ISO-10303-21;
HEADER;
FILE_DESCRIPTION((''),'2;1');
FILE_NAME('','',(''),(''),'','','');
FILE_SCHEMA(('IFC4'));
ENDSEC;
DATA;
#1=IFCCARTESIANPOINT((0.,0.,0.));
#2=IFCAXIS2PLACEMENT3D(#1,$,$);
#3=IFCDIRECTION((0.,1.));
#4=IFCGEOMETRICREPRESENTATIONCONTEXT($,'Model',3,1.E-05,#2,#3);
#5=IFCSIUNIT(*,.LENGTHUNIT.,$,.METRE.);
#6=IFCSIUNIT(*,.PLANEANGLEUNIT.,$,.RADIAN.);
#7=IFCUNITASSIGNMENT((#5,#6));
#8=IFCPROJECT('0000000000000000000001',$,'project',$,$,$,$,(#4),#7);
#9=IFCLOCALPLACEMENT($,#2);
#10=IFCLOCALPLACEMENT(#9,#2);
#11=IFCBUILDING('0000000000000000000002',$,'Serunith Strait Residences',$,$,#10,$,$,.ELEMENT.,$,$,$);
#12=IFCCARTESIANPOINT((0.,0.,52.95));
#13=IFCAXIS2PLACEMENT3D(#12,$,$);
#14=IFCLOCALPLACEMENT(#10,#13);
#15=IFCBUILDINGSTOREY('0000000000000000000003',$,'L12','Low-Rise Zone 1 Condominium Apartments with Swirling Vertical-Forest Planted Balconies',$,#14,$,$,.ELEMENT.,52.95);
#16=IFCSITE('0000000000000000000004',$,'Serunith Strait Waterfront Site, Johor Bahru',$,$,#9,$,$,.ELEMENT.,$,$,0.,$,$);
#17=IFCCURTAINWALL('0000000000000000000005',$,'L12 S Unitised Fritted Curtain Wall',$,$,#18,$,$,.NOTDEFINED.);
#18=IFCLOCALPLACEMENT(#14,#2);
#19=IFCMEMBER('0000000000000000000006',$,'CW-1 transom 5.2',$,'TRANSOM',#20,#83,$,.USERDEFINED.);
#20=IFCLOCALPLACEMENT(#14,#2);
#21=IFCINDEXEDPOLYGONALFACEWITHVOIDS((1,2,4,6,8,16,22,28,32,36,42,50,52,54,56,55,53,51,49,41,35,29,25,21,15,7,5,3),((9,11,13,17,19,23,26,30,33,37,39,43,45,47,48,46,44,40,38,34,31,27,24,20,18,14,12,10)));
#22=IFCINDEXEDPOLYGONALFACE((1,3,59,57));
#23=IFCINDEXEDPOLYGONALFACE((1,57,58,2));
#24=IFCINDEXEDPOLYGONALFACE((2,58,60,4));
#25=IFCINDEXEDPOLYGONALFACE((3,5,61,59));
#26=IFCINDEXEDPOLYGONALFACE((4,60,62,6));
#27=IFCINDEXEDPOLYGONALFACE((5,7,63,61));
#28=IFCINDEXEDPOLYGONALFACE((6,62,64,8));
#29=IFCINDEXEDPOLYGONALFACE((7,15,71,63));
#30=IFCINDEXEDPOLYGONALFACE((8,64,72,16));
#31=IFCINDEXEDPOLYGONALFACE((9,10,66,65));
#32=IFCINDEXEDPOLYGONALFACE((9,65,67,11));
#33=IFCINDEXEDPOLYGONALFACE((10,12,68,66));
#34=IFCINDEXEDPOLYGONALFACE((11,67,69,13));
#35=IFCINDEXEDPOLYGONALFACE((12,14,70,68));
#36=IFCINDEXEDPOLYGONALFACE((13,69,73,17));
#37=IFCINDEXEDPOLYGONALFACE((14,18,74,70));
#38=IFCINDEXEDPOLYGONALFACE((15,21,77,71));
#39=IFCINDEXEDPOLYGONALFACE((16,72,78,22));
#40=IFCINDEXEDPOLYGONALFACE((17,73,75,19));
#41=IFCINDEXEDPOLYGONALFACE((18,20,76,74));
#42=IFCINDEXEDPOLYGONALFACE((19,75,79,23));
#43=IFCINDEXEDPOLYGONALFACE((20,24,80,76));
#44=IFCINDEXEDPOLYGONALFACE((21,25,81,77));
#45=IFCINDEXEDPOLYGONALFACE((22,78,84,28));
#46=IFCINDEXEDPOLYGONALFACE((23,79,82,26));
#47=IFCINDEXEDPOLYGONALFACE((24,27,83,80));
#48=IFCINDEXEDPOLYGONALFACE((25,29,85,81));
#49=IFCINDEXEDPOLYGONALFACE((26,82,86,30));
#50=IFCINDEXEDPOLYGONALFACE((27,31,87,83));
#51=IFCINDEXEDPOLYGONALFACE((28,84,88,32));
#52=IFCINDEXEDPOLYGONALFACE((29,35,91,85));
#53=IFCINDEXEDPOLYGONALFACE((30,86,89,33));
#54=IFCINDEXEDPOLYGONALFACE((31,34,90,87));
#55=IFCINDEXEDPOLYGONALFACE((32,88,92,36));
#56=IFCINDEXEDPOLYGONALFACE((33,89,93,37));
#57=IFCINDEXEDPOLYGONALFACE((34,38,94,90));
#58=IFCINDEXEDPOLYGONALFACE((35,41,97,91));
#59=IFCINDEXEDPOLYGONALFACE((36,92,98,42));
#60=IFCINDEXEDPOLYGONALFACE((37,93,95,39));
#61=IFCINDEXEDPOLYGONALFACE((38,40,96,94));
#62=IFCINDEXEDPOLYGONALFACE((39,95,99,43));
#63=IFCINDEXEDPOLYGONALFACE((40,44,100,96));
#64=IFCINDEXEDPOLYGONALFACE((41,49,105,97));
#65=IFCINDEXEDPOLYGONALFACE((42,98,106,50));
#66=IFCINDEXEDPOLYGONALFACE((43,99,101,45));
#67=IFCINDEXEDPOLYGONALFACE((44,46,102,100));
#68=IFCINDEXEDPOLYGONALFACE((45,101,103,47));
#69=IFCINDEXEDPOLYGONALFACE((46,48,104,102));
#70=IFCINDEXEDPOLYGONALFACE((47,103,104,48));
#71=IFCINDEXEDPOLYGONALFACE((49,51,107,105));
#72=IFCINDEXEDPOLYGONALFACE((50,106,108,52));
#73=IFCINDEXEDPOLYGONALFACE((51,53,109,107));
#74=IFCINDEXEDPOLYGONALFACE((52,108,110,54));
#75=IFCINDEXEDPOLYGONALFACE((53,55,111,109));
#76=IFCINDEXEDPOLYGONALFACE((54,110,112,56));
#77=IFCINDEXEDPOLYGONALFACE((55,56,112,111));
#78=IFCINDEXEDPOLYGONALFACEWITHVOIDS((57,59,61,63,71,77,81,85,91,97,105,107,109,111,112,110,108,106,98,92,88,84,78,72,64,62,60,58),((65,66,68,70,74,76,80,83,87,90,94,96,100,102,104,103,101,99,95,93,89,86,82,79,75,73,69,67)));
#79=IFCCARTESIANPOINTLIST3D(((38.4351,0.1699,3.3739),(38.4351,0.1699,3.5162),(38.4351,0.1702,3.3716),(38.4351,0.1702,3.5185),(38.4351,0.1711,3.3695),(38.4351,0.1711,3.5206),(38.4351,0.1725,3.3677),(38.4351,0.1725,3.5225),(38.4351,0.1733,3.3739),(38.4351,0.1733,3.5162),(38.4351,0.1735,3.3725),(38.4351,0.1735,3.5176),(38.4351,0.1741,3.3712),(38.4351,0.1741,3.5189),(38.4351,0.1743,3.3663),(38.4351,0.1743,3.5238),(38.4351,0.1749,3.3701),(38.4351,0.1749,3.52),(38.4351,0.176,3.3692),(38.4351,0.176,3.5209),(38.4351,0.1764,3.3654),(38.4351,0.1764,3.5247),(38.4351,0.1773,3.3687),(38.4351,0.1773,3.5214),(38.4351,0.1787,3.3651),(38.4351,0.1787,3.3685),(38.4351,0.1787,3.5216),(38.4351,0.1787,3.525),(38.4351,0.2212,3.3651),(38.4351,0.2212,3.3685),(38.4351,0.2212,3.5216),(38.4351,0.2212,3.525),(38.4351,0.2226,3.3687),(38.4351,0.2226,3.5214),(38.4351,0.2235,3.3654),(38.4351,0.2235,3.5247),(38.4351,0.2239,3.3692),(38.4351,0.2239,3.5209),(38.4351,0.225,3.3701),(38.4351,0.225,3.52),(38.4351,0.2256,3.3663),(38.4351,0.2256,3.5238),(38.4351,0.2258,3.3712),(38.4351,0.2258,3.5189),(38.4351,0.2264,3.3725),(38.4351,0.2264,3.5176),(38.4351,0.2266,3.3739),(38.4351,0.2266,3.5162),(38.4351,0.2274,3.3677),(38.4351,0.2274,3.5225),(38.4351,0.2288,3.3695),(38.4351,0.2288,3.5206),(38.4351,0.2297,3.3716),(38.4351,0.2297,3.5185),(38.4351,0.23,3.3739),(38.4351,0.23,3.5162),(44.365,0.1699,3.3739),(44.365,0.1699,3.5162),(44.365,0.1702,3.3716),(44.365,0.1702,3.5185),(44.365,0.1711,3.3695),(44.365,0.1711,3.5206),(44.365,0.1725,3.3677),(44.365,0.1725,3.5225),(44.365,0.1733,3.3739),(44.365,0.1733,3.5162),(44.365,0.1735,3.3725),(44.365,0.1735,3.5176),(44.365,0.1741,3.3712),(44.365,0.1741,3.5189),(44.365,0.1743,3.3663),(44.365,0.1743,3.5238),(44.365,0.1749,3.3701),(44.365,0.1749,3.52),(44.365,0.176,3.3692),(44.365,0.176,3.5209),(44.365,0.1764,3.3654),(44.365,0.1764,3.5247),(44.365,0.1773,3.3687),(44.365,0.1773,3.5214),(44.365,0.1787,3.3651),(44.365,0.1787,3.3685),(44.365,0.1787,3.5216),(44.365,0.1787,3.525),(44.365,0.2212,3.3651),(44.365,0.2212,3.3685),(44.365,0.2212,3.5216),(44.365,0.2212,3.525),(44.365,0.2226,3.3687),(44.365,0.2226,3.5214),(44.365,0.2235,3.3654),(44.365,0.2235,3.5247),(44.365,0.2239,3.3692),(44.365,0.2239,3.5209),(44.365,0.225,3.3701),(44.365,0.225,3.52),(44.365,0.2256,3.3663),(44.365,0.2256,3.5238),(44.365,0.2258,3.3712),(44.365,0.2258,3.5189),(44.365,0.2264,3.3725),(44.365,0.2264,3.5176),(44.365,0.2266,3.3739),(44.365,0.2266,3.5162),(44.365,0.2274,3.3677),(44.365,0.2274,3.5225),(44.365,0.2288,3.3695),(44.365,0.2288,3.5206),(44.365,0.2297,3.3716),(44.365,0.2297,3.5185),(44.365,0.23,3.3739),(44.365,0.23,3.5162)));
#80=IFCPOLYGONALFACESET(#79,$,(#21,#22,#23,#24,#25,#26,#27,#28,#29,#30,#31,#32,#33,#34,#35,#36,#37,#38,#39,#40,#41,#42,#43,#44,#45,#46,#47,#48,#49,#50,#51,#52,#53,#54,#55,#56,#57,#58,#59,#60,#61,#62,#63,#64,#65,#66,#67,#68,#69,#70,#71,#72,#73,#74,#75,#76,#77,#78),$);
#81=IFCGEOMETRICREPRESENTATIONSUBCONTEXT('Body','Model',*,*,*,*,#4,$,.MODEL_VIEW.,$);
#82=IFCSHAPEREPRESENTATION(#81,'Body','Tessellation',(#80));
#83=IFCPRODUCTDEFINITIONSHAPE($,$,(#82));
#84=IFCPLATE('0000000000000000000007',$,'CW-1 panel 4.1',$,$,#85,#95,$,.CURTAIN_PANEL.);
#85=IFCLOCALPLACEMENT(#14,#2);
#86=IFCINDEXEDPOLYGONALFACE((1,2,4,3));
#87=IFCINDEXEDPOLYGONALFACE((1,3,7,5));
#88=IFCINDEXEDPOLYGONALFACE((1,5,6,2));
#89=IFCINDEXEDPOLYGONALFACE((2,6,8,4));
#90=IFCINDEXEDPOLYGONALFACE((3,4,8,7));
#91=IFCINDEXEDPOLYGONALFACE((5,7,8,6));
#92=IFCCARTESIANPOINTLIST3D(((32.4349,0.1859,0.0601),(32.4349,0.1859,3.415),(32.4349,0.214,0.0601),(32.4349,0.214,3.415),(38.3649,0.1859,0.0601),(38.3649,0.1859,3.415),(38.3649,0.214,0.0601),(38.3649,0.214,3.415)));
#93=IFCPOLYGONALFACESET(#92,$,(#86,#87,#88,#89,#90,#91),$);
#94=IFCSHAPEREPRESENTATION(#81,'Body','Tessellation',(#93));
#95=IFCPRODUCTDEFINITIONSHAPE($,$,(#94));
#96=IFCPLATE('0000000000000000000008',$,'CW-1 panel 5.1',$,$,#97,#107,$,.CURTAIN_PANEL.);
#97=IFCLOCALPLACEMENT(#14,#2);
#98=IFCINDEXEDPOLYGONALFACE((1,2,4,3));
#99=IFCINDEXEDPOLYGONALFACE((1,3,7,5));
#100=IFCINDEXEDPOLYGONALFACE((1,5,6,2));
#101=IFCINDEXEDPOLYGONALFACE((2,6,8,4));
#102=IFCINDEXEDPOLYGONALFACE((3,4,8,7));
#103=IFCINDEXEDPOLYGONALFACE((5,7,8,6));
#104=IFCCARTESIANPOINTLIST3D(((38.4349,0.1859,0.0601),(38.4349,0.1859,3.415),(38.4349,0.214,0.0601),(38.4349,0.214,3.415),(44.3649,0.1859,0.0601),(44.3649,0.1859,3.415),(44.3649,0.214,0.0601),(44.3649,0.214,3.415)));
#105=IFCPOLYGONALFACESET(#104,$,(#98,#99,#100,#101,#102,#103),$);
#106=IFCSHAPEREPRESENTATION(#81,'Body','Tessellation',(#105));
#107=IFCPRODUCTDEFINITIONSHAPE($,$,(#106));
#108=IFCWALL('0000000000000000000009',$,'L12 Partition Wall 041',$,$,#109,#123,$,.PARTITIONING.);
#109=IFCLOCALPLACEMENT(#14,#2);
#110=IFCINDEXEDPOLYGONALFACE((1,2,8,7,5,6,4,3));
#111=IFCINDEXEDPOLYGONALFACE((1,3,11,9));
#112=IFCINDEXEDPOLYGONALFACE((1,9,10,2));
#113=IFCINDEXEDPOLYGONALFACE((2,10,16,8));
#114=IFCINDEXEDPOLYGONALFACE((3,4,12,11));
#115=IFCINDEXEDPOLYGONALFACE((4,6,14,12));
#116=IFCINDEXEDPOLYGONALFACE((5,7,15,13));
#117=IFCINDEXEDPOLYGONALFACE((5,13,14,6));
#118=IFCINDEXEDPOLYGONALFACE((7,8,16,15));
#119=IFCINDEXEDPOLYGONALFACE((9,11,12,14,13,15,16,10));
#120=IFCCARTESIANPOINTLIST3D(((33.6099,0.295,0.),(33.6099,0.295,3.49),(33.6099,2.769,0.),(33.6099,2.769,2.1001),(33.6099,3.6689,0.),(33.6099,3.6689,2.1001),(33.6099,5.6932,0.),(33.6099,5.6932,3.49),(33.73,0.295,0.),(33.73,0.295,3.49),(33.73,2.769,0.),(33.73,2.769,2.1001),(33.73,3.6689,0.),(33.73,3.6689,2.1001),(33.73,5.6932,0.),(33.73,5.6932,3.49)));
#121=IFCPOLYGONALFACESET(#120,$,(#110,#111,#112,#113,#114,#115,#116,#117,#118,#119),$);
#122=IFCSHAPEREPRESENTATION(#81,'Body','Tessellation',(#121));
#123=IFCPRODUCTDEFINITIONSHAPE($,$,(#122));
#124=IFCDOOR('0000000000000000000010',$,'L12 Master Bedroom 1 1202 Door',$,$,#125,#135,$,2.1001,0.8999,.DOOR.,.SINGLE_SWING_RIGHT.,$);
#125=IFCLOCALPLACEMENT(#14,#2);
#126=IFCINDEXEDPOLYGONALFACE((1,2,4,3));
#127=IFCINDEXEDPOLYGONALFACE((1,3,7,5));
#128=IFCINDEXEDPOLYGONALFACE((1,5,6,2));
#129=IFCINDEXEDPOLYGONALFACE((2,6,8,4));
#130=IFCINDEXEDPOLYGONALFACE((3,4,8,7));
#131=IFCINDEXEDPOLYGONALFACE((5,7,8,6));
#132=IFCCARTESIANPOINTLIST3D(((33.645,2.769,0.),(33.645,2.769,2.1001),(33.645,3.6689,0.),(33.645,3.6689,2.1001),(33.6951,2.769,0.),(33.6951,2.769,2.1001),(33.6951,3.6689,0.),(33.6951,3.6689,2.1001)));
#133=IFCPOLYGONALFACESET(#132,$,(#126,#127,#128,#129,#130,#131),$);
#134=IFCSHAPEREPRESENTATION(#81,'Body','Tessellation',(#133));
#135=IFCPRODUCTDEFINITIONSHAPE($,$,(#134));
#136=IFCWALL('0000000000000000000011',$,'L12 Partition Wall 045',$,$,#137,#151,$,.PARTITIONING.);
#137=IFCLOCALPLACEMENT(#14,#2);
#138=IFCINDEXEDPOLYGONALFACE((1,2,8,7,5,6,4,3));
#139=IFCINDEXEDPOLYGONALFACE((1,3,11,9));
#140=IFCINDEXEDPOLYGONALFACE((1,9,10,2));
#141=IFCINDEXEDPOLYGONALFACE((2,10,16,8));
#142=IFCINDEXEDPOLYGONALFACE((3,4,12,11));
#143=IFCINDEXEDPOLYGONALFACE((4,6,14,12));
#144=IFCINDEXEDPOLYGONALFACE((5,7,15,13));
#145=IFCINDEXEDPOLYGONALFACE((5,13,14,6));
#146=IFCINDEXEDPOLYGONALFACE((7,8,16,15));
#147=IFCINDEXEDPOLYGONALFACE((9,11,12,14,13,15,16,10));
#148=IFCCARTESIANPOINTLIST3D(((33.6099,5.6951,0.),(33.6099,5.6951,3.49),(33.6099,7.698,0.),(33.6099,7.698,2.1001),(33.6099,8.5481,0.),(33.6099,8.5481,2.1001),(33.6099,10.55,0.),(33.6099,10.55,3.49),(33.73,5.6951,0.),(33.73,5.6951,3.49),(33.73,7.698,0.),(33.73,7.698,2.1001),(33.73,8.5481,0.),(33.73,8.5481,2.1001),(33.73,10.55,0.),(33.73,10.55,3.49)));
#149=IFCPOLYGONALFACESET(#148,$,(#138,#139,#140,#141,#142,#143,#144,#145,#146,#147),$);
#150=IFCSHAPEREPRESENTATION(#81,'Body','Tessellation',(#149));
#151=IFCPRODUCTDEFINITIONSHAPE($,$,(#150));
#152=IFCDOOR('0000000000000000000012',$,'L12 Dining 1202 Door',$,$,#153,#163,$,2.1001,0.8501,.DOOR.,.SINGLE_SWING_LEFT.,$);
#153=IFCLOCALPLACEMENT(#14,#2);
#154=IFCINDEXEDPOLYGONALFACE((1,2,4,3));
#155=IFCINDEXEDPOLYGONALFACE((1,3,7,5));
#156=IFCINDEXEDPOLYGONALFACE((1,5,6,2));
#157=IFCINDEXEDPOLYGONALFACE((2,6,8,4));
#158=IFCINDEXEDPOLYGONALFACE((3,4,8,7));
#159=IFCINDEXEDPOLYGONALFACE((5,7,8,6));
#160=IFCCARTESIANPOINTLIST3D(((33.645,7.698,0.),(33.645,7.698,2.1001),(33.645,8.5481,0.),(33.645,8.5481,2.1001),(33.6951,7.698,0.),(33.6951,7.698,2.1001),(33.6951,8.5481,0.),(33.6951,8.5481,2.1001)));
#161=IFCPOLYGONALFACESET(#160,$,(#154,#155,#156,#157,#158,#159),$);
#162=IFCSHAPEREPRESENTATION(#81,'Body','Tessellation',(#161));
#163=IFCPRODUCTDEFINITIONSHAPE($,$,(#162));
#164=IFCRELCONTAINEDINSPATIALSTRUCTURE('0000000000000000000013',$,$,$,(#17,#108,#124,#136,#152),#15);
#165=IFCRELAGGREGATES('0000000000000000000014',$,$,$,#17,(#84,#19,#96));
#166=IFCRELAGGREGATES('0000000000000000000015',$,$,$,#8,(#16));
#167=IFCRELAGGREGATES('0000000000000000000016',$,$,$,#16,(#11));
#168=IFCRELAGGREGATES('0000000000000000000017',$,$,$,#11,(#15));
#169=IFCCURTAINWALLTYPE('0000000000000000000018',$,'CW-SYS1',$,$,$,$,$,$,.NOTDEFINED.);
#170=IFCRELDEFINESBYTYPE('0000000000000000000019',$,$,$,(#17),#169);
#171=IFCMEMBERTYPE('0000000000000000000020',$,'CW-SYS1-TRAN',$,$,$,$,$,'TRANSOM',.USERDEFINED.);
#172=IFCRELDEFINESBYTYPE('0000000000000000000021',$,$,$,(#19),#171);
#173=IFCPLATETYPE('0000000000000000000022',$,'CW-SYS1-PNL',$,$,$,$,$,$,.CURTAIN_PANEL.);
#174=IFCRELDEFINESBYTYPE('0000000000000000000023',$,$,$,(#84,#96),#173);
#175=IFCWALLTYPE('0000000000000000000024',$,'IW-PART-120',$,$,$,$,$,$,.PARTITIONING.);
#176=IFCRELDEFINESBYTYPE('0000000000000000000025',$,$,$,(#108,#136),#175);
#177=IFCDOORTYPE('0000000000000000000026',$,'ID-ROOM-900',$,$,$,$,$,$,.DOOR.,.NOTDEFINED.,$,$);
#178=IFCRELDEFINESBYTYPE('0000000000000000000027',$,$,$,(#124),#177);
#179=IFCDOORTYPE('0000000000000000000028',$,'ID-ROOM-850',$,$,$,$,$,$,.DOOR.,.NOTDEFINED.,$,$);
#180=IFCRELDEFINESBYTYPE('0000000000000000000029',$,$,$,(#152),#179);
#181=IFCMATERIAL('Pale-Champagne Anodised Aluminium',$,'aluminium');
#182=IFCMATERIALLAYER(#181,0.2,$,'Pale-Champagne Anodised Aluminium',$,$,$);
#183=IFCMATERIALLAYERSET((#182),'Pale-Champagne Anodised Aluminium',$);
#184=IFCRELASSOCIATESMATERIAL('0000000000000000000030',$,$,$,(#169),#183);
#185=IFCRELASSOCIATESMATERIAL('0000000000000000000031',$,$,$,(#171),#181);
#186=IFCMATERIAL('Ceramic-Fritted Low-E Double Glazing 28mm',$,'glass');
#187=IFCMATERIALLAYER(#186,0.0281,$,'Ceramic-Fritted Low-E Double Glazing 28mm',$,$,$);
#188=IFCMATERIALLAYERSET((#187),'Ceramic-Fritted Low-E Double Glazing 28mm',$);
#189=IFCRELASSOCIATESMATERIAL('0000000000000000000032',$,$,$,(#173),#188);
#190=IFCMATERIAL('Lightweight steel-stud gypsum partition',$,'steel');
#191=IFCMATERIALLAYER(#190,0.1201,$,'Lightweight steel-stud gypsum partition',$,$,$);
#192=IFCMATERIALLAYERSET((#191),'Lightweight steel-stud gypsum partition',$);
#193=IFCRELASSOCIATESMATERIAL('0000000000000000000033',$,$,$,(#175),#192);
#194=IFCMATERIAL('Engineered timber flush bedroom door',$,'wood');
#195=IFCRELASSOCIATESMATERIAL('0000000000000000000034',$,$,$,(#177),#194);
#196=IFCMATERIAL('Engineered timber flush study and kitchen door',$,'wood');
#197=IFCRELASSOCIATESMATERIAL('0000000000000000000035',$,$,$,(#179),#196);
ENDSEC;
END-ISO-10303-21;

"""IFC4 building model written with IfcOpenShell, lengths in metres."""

from ifc_helpers import new_model, si_unit, direction, frame, frame_2d, origin, origin_2d, place, context, subcontext, project, spatial, rectangle, hollow_rectangle, extrude, source, transform, mapped, material, layer, layer_set, material_profile, profile_set, type_object, element, fill, aggregate, save


model = new_model("IFC4")

# Units and contexts
model_context = context("Model", 3, precision=1e-05, world=origin(), true_north=direction((0.0, 1.0)))
body_context = subcontext(model_context, "Body", "Model", "MODEL_VIEW")
ifc_project = project(units=[si_unit("LENGTHUNIT", "METRE"), si_unit("PLANEANGLEUNIT", "RADIAN")], contexts=[model_context])

# Site, building, storey
site_placement = place(None, origin())
site = spatial("IfcSite", under=ifc_project, at=site_placement, Name="Serunith Strait Waterfront Site, Johor Bahru", CompositionType="ELEMENT", RefElevation=0.0)
building_placement = place(site_placement, origin())
building = spatial("IfcBuilding", under=site, at=building_placement, Name="Serunith Strait Residences", CompositionType="ELEMENT")
storey_placement = place(building_placement, frame((0.0, 0.0, 52.95)))
storey = spatial("IfcBuildingStorey", under=building, at=storey_placement, Name="L12", Description="Low-Rise Zone 1 Condominium Apartments with Swirling Vertical-Forest Planted Balconies", CompositionType="ELEMENT", Elevation=52.95)

# Curtain wall, member, plates
ifc_material_1 = material(Name="Pale-Champagne Anodised Aluminium", Category="aluminium")
ifc_layer_1 = layer(ifc_material_1, 0.2, Name="Pale-Champagne Anodised Aluminium")
ifc_layer_set_1 = layer_set([ifc_layer_1], Name="Pale-Champagne Anodised Aluminium")
curtain_wall_type = type_object("IfcCurtainWallType", Name="CW-SYS1", PredefinedType="NOTDEFINED", material=ifc_layer_set_1)
curtain_wall_placement = place(storey_placement, origin())
curtain_wall = element("IfcCurtainWall", 1, at=curtain_wall_placement, inside=storey, type_object=curtain_wall_type, Name="L12 S Unitised Fritted Curtain Wall", PredefinedType="NOTDEFINED")
ifc_material_profile_1 = material_profile(ifc_material_1, hollow_rectangle(XDim=0.0601, YDim=0.1599, WallThickness=0.0034, InnerFilletRadius=0.0054, OuterFilletRadius=0.0088, at=origin_2d()), Name="ALU 160x60x3.5")
ifc_profile_set_1 = profile_set([ifc_material_profile_1], Name="Pale-Champagne Anodised Aluminium")
member_type_1 = type_object("IfcMemberType", Name="CW-SYS1-TRAN", ElementType="TRANSOM", PredefinedType="USERDEFINED", material=ifc_profile_set_1)
shared_shape_1 = source(origin(), body_context, "Body", "SweptSolid", [
    extrude(hollow_rectangle(XDim=0.0601, YDim=0.1599, WallThickness=0.0034, InnerFilletRadius=0.0054, OuterFilletRadius=0.0088, at=origin_2d()), origin(), (0.0, 0.0, 1.0), 5.9299),
])
member_1_placement = place(storey_placement, frame((38.4351, 0.2, 3.4451), z_axis=(1.0, 0.0, 0.0), x_axis=(0.0, 1.0, 0.0)))
member_1 = element("IfcMember", 2, at=member_1_placement, type_object=member_type_1, Name="CW-1 transom 5.2", ObjectType="TRANSOM", PredefinedType="USERDEFINED", context=body_context, shape_type="MappedRepresentation", body=[
    mapped(shared_shape_1, transform((0.0, 0.0, 0.0), scale=1.0)),
])
ifc_material_2 = material(Name="Ceramic-Fritted Low-E Double Glazing 28mm", Category="glass")
ifc_layer_2 = layer(ifc_material_2, 0.0281, Name="Ceramic-Fritted Low-E Double Glazing 28mm")
ifc_layer_set_2 = layer_set([ifc_layer_2], Name="Ceramic-Fritted Low-E Double Glazing 28mm")
plate_type = type_object("IfcPlateType", Name="CW-SYS1-PNL", PredefinedType="CURTAIN_PANEL", material=ifc_layer_set_2)
shared_shape_2 = source(origin(), body_context, "Body", "SweptSolid", [
    extrude(rectangle(XDim=5.9299, YDim=0.0281, at=origin_2d()), origin(), (0.0, 0.0, 1.0), 3.355),
])
plate_1_placement = place(storey_placement, frame((35.3999, 0.2, 0.0601), z_axis=(0.0, 0.0, 1.0), x_axis=(1.0, 0.0, 0.0)))
plate_1 = element("IfcPlate", 3, at=plate_1_placement, type_object=plate_type, Name="CW-1 panel 4.1", PredefinedType="CURTAIN_PANEL", context=body_context, shape_type="MappedRepresentation", body=[
    mapped(shared_shape_2, transform((0.0, 0.0, 0.0), scale=1.0)),
])
plate_2_placement = place(storey_placement, frame((41.3999, 0.2, 0.0601), z_axis=(0.0, 0.0, 1.0), x_axis=(1.0, 0.0, 0.0)))
plate_2 = element("IfcPlate", 4, at=plate_2_placement, type_object=plate_type, Name="CW-1 panel 5.1", PredefinedType="CURTAIN_PANEL", context=body_context, shape_type="MappedRepresentation", body=[
    mapped(shared_shape_2, transform((0.0, 0.0, 0.0), scale=1.0)),
])
aggregate(curtain_wall, [plate_1, member_1, plate_2])

# Walls, openings, doors
ifc_material_3 = material(Name="Lightweight steel-stud gypsum partition", Category="steel")
ifc_layer_3 = layer(ifc_material_3, 0.1201, Name="Lightweight steel-stud gypsum partition")
ifc_layer_set_3 = layer_set([ifc_layer_3], Name="Lightweight steel-stud gypsum partition")
wall_type_1 = type_object("IfcWallType", Name="IW-PART-120", PredefinedType="PARTITIONING", material=ifc_layer_set_3)
wall_1_placement = place(storey_placement, frame((33.6699, 0.2949, 0.0), z_axis=(0.0, 0.0, 1.0), x_axis=(0.0, 1.0, 0.0)))
wall_1 = element("IfcWall", 5, at=wall_1_placement, inside=storey, type_object=wall_type_1, Name="L12 Partition Wall 041", PredefinedType="PARTITIONING", context=body_context, shape_type="SweptSolid", body=[
    extrude(rectangle(XDim=5.3982, YDim=0.1201, at=frame_2d((2.6992, 0.0))), origin(), (0.0, 0.0, 1.0), 3.49),
])
opening_1_placement = place(wall_1_placement, frame((2.4741, 0.0, 0.0)))
opening_1 = element("IfcOpeningElement", 6, at=opening_1_placement, cuts=wall_1, PredefinedType="OPENING", context=body_context, shape_type="SweptSolid", body=[
    extrude(rectangle(XDim=0.8999, YDim=2.1001, at=frame_2d((0.45, 1.05))), frame((0.0, 0.0701, 0.0), z_axis=(0.0, -1.0, 0.0), x_axis=(1.0, 0.0, 0.0)), (0.0, 0.0, 1.0), 0.1401),
])
ifc_material_4 = material(Name="Engineered timber flush bedroom door", Category="wood")
door_type_1 = type_object("IfcDoorType", Name="ID-ROOM-900", OperationType="NOTDEFINED", PredefinedType="DOOR", material=ifc_material_4)
shared_shape_3 = source(origin(), body_context, "Body", "SweptSolid", [
    extrude(rectangle(XDim=0.8999, YDim=2.1001, at=frame_2d((0.45, 1.05))), frame((0.0, 0.0249, 0.0), z_axis=(0.0, -1.0, 0.0), x_axis=(1.0, 0.0, 0.0)), (0.0, 0.0, 1.0), 0.05),
])
door_1_placement = place(opening_1_placement, origin())
door_1 = element("IfcDoor", 7, at=door_1_placement, inside=storey, type_object=door_type_1, Name="L12 Master Bedroom 1 1202 Door", OperationType="SINGLE_SWING_RIGHT", OverallHeight=2.1001, OverallWidth=0.8999, PredefinedType="DOOR", context=body_context, shape_type="MappedRepresentation", body=[
    mapped(shared_shape_3, transform((0.0, 0.0, 0.0), scale=1.0)),
])
fill(opening_1, door_1)
wall_2_placement = place(storey_placement, frame((33.6699, 5.6951, 0.0), z_axis=(0.0, 0.0, 1.0), x_axis=(0.0, 1.0, 0.0)))
wall_2 = element("IfcWall", 8, at=wall_2_placement, inside=storey, type_object=wall_type_1, Name="L12 Partition Wall 045", PredefinedType="PARTITIONING", context=body_context, shape_type="SweptSolid", body=[
    extrude(rectangle(XDim=4.855, YDim=0.1201, at=frame_2d((2.4275, 0.0))), origin(), (0.0, 0.0, 1.0), 3.49),
])
opening_2_placement = place(wall_2_placement, frame((2.0029, 0.0, 0.0)))
opening_2 = element("IfcOpeningElement", 9, at=opening_2_placement, cuts=wall_2, PredefinedType="OPENING", context=body_context, shape_type="SweptSolid", body=[
    extrude(rectangle(XDim=0.8501, YDim=2.1001, at=frame_2d((0.425, 1.05))), frame((0.0, 0.0701, 0.0), z_axis=(0.0, -1.0, 0.0), x_axis=(1.0, 0.0, 0.0)), (0.0, 0.0, 1.0), 0.1401),
])
ifc_material_5 = material(Name="Engineered timber flush study and kitchen door", Category="wood")
door_type_2 = type_object("IfcDoorType", Name="ID-ROOM-850", OperationType="NOTDEFINED", PredefinedType="DOOR", material=ifc_material_5)
shared_shape_4 = source(origin(), body_context, "Body", "SweptSolid", [
    extrude(rectangle(XDim=0.8501, YDim=2.1001, at=frame_2d((0.425, 1.05))), frame((0.0, 0.0249, 0.0), z_axis=(0.0, -1.0, 0.0), x_axis=(1.0, 0.0, 0.0)), (0.0, 0.0, 1.0), 0.05),
])
door_2_placement = place(opening_2_placement, origin())
door_2 = element("IfcDoor", 10, at=door_2_placement, inside=storey, type_object=door_type_2, Name="L12 Dining 1202 Door", OperationType="SINGLE_SWING_LEFT", OverallHeight=2.1001, OverallWidth=0.8501, PredefinedType="DOOR", context=body_context, shape_type="MappedRepresentation", body=[
    mapped(shared_shape_4, transform((0.0, 0.0, 0.0), scale=1.0)),
])
fill(opening_2, door_2)

save(model, "model.ifc")
